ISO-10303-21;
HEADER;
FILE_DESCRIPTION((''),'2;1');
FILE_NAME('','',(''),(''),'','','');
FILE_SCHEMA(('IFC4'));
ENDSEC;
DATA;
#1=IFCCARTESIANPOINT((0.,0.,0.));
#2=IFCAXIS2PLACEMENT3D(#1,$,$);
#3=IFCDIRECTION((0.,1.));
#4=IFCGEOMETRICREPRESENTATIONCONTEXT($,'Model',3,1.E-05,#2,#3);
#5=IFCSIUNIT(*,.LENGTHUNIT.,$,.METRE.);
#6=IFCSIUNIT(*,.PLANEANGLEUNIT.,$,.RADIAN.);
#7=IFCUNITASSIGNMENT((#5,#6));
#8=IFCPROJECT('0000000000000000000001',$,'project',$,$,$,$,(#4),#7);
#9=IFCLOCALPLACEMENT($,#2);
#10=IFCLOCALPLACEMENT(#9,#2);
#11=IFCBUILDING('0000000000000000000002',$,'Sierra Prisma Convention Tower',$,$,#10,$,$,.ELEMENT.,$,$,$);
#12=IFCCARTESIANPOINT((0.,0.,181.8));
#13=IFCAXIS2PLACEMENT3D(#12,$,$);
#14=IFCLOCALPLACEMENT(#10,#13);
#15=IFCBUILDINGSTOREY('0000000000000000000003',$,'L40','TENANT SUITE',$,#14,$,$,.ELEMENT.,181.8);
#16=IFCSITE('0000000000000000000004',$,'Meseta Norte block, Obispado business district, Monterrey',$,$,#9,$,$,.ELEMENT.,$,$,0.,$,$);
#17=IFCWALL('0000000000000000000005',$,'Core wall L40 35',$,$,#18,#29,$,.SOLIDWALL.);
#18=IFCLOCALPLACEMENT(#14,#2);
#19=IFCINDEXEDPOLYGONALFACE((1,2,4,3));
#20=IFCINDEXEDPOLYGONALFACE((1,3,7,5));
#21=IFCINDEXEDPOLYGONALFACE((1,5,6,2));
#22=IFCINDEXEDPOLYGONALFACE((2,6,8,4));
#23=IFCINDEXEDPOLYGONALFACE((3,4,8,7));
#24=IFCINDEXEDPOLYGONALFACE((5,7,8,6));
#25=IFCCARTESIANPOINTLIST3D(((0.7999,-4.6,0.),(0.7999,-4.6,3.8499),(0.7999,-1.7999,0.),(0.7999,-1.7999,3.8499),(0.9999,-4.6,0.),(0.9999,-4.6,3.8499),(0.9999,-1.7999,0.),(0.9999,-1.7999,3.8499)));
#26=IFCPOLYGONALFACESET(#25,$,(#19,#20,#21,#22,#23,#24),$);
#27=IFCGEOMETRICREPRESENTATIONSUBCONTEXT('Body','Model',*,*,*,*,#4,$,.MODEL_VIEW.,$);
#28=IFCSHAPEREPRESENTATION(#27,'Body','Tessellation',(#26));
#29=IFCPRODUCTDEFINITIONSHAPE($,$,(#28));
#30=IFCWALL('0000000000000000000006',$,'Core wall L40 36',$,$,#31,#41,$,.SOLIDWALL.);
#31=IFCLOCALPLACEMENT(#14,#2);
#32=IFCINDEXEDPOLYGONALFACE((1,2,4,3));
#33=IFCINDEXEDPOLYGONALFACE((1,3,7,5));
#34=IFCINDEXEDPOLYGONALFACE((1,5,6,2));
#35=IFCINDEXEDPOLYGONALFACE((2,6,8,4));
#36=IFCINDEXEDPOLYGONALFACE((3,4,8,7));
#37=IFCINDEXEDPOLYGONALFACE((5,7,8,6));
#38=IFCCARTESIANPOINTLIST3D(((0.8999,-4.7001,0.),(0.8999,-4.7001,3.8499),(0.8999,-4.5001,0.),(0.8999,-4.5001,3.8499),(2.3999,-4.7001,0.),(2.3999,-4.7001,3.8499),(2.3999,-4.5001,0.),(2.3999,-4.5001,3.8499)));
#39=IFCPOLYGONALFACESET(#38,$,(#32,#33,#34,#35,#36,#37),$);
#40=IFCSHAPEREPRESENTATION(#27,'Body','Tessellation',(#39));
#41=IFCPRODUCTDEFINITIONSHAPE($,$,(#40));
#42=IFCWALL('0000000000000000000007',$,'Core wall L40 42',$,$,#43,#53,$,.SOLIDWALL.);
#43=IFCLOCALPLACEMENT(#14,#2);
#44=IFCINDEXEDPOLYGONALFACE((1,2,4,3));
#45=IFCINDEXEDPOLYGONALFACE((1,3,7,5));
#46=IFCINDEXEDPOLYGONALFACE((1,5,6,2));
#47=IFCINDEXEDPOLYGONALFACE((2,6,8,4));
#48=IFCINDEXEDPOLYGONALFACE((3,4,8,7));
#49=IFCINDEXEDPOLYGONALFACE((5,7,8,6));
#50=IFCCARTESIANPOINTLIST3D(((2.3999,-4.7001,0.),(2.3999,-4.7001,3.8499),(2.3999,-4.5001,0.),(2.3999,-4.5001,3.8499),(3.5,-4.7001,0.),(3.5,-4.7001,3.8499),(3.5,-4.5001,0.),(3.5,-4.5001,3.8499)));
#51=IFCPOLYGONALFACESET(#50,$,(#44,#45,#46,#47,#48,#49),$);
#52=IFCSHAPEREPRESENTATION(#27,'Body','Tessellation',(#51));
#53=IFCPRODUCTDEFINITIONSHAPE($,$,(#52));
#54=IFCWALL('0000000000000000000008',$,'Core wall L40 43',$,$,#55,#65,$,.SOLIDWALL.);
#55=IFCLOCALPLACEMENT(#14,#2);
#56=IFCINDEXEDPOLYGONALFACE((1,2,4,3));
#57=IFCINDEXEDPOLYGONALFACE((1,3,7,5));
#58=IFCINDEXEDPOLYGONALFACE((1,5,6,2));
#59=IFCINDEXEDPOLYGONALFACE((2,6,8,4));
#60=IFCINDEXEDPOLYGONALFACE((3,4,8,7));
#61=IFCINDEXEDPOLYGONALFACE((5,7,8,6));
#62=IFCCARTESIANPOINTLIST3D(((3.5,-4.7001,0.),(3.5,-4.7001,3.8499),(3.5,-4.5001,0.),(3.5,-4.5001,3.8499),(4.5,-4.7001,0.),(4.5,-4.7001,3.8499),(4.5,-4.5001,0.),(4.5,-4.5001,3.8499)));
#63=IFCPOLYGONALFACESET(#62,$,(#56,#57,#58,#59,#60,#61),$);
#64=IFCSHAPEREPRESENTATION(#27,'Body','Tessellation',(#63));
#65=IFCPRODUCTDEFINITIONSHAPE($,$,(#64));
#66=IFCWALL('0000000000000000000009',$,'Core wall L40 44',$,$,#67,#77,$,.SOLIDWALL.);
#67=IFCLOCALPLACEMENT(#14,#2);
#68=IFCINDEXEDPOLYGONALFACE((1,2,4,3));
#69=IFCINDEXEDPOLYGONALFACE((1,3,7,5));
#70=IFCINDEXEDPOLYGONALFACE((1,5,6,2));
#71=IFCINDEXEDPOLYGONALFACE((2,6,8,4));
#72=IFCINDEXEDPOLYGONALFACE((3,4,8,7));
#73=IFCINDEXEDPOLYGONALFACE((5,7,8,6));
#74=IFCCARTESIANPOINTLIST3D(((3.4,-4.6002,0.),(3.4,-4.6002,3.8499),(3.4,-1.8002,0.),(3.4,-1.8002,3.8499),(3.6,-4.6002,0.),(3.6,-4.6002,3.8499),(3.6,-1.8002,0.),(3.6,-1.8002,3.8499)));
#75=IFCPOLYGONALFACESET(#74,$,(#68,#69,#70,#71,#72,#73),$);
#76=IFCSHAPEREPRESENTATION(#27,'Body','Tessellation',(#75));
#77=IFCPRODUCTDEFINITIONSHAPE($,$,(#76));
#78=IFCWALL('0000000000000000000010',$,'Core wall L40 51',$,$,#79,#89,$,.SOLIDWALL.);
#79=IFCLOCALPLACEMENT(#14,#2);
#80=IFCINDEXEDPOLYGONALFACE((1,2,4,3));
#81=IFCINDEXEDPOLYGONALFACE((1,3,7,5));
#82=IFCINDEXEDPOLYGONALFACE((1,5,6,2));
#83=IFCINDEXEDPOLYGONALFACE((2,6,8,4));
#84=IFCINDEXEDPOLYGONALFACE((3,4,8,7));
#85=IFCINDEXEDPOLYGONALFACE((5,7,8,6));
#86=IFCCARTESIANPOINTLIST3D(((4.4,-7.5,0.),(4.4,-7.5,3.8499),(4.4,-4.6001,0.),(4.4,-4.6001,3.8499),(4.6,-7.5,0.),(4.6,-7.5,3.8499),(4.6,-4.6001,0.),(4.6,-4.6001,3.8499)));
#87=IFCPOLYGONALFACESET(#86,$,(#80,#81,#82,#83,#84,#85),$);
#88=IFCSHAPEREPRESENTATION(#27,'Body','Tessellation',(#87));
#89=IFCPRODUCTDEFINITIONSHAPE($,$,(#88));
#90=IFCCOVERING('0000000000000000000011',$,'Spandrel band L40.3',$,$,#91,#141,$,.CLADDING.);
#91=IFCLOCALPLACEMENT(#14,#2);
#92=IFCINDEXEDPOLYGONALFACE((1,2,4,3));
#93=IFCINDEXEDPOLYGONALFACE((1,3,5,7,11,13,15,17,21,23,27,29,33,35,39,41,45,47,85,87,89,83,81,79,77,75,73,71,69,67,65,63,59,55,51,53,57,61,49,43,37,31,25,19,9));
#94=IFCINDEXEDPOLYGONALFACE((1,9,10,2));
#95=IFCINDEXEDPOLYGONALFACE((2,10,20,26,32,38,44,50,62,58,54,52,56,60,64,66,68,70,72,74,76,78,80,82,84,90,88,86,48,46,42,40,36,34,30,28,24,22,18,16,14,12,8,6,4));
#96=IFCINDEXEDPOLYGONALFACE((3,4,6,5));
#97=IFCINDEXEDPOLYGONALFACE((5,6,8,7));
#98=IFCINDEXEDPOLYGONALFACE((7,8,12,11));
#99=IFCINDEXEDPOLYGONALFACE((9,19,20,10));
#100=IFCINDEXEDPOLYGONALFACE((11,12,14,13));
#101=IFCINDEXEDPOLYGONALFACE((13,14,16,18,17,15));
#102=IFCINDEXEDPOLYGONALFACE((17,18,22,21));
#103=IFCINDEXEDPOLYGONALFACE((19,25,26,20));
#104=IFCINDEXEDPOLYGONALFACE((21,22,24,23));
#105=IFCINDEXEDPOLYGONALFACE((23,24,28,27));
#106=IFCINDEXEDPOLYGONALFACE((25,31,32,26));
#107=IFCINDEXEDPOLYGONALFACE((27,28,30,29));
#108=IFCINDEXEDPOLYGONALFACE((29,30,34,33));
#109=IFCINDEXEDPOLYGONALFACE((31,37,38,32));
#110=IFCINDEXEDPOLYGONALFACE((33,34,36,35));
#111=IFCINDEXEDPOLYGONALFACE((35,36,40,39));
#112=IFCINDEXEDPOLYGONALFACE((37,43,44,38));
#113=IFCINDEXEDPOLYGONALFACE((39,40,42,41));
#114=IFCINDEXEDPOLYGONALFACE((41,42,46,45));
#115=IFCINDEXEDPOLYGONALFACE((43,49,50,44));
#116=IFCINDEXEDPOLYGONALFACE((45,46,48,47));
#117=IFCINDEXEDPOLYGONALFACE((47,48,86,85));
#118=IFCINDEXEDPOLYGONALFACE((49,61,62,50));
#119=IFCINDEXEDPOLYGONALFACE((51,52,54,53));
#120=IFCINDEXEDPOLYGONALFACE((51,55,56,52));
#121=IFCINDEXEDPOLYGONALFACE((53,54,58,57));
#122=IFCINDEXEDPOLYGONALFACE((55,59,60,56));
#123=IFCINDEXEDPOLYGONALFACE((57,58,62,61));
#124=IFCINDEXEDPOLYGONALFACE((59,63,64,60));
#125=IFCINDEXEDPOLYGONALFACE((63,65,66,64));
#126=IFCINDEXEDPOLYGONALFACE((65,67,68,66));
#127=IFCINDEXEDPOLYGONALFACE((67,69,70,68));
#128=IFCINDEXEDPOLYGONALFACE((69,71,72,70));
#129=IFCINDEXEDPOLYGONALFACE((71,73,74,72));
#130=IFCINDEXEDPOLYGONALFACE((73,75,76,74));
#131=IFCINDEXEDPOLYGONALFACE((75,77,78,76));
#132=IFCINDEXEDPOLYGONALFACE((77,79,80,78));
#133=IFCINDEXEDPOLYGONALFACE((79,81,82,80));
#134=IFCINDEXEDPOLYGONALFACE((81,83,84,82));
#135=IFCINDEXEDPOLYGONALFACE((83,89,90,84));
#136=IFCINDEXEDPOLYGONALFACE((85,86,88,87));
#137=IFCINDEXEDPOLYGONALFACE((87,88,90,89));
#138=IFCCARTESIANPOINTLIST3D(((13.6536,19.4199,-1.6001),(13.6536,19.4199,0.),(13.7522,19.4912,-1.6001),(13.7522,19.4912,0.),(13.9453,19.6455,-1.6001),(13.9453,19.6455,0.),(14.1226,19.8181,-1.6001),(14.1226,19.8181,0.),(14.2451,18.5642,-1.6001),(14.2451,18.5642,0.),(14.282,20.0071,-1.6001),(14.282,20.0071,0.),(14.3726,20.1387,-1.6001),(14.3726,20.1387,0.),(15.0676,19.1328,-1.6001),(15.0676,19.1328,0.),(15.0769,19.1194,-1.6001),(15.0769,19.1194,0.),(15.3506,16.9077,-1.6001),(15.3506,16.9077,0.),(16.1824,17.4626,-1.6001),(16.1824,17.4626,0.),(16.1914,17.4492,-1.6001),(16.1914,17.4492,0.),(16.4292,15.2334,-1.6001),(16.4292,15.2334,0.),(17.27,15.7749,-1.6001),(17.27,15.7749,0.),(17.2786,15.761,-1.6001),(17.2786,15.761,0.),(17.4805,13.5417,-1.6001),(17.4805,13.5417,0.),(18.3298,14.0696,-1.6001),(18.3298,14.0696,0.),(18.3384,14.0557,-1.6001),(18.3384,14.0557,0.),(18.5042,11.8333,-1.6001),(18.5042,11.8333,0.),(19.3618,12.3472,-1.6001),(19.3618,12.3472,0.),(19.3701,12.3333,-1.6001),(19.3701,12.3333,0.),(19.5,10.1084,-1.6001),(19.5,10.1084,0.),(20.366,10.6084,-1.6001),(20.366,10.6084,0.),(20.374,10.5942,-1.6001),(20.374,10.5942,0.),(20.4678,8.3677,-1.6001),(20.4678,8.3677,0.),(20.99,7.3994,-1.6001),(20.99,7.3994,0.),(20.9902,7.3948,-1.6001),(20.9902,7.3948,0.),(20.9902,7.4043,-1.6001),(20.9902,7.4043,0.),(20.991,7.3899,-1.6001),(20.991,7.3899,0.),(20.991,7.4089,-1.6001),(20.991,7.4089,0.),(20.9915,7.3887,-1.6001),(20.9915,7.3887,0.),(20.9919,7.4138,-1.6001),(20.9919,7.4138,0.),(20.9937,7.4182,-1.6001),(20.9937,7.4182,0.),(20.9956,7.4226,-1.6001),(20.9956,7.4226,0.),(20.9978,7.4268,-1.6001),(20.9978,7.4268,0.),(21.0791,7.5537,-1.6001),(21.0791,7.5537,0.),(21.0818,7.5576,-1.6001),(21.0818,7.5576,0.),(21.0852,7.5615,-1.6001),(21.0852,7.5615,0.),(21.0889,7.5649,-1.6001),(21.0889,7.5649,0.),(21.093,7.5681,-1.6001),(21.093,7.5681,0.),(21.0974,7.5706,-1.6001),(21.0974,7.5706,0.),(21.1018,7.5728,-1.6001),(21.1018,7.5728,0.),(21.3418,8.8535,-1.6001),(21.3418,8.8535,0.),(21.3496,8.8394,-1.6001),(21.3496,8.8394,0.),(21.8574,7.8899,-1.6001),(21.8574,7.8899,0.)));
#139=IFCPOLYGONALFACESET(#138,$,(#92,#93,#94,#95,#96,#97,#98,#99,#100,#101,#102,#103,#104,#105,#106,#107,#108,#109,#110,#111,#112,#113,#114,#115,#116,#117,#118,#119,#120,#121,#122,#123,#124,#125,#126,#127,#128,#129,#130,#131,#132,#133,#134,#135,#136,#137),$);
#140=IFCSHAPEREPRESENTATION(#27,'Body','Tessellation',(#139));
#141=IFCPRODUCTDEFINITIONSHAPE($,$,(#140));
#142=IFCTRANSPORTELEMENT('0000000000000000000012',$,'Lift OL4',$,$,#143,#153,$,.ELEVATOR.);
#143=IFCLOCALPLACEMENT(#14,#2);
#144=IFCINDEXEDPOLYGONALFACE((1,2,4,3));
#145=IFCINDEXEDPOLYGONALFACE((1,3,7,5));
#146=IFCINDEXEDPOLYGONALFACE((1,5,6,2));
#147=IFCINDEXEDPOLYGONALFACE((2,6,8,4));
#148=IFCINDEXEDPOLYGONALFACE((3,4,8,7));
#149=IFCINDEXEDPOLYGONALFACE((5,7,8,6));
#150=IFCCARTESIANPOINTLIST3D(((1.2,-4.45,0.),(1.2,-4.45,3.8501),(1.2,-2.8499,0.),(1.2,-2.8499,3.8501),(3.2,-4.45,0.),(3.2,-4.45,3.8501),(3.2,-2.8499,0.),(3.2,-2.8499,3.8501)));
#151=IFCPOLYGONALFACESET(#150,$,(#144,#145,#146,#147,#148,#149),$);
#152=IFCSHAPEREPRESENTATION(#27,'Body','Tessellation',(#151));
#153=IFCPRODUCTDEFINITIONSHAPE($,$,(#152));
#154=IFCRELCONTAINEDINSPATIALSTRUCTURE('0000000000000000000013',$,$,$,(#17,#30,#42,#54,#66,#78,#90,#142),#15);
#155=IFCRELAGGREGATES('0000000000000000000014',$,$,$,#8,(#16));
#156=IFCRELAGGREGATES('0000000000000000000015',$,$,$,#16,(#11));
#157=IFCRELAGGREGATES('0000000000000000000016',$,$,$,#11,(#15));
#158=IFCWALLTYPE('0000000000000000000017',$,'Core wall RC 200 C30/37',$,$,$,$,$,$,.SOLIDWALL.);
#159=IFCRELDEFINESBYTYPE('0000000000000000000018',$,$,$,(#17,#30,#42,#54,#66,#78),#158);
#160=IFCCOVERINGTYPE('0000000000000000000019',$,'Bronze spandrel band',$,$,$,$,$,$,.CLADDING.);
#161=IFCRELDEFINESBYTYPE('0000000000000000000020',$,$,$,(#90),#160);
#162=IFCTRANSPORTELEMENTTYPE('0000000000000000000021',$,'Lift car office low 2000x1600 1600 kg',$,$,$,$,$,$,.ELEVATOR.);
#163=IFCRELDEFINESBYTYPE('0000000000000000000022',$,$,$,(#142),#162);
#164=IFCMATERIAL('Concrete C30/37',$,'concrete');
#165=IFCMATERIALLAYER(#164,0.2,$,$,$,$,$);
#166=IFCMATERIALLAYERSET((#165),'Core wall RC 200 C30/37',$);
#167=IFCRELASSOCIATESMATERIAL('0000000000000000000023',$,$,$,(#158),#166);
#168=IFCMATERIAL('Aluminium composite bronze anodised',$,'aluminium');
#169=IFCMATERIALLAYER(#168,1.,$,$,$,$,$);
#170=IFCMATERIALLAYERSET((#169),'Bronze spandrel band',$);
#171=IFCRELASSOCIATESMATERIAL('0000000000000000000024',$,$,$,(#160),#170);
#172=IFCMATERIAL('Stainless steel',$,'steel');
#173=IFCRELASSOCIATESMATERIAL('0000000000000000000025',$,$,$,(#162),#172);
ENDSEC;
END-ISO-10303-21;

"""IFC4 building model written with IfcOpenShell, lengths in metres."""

from ifc_helpers import new_model, si_unit, direction, frame, frame_2d, origin, origin_2d, place, context, subcontext, project, spatial, polyline, rectangle, outline, extrude, material, layer, layer_set, type_object, element, save


model = new_model("IFC4")

# Units and contexts
model_context = context("Model", 3, precision=1e-05, world=origin(), true_north=direction((0.0, 1.0)))
body_context = subcontext(model_context, "Body", "Model", "MODEL_VIEW")
ifc_project = project(units=[si_unit("LENGTHUNIT", "METRE"), si_unit("PLANEANGLEUNIT", "RADIAN")], contexts=[model_context])

# Site, building, storey
site_placement = place(None, origin())
site = spatial("IfcSite", under=ifc_project, at=site_placement, Name="Meseta Norte block, Obispado business district, Monterrey", CompositionType="ELEMENT", RefElevation=0.0)
building_placement = place(site_placement, origin())
building = spatial("IfcBuilding", under=site, at=building_placement, Name="Sierra Prisma Convention Tower", CompositionType="ELEMENT")
storey_placement = place(building_placement, frame((0.0, 0.0, 181.8)))
storey = spatial("IfcBuildingStorey", under=building, at=storey_placement, Name="L40", Description="TENANT SUITE", CompositionType="ELEMENT", Elevation=181.8)

# Shared definitions
ifc_material_1 = material(Name="Concrete C30/37", Category="concrete")
ifc_layer_1 = layer(ifc_material_1, 0.2)
ifc_layer_set_1 = layer_set([ifc_layer_1], Name="Core wall RC 200 C30/37")
wall_type = type_object("IfcWallType", Name="Core wall RC 200 C30/37", PredefinedType="SOLIDWALL", material=ifc_layer_set_1)

# Walls
wall_1_placement = place(storey_placement, frame((0.8999, -1.8, 0.0), z_axis=(0.0, 0.0, 1.0), x_axis=(0.0, -1.0, 0.0)))
element("IfcWall", 1, at=wall_1_placement, inside=storey, type_object=wall_type, Name="Core wall L40 35", PredefinedType="SOLIDWALL", context=body_context, shape_type="SweptSolid", body=[
    extrude(rectangle(XDim=2.8, YDim=0.2, at=frame_2d((1.3999, 0.0))), origin(), (0.0, 0.0, 1.0), 3.8499),
])
wall_2_placement = place(storey_placement, frame((0.8999, -4.6001, 0.0), z_axis=(0.0, 0.0, 1.0), x_axis=(1.0, 0.0, 0.0)))
element("IfcWall", 2, at=wall_2_placement, inside=storey, type_object=wall_type, Name="Core wall L40 36", PredefinedType="SOLIDWALL", context=body_context, shape_type="SweptSolid", body=[
    extrude(rectangle(XDim=1.5, YDim=0.2, at=frame_2d((0.75, 0.0))), origin(), (0.0, 0.0, 1.0), 3.8499),
])

# Walls
wall_3_placement = place(storey_placement, frame((3.5, -4.6001, 0.0), z_axis=(0.0, 0.0, 1.0), x_axis=(-1.0, 0.0, 0.0)))
element("IfcWall", 3, at=wall_3_placement, inside=storey, type_object=wall_type, Name="Core wall L40 42", PredefinedType="SOLIDWALL", context=body_context, shape_type="SweptSolid", body=[
    extrude(rectangle(XDim=1.1001, YDim=0.2, at=frame_2d((0.55, 0.0))), origin(), (0.0, 0.0, 1.0), 3.8499),
])
wall_4_placement = place(storey_placement, frame((4.5, -4.6001, 0.0), z_axis=(0.0, 0.0, 1.0), x_axis=(-1.0, 0.0, 0.0)))
element("IfcWall", 4, at=wall_4_placement, inside=storey, type_object=wall_type, Name="Core wall L40 43", PredefinedType="SOLIDWALL", context=body_context, shape_type="SweptSolid", body=[
    extrude(rectangle(XDim=1.0, YDim=0.2, at=frame_2d((0.5, 0.0))), origin(), (0.0, 0.0, 1.0), 3.8499),
])
wall_5_placement = place(storey_placement, frame((3.5, -4.6001, 0.0), z_axis=(0.0, 0.0, 1.0), x_axis=(0.0, 1.0, 0.0)))
element("IfcWall", 5, at=wall_5_placement, inside=storey, type_object=wall_type, Name="Core wall L40 44", PredefinedType="SOLIDWALL", context=body_context, shape_type="SweptSolid", body=[
    extrude(rectangle(XDim=2.8, YDim=0.2, at=frame_2d((1.3999, 0.0))), origin(), (0.0, 0.0, 1.0), 3.8499),
])

# Wall
wall_6_placement = place(storey_placement, frame((4.5, -4.6001, 0.0), z_axis=(0.0, 0.0, 1.0), x_axis=(0.0, -1.0, 0.0)))
element("IfcWall", 6, at=wall_6_placement, inside=storey, type_object=wall_type, Name="Core wall L40 51", PredefinedType="SOLIDWALL", context=body_context, shape_type="SweptSolid", body=[
    extrude(rectangle(XDim=2.8999, YDim=0.2, at=frame_2d((1.45, 0.0))), origin(), (0.0, 0.0, 1.0), 3.8499),
])

# Covering
ifc_material_2 = material(Name="Aluminium composite bronze anodised", Category="aluminium")
ifc_layer_2 = layer(ifc_material_2, 1.0)
ifc_layer_set_2 = layer_set([ifc_layer_2], Name="Bronze spandrel band")
covering_type = type_object("IfcCoveringType", Name="Bronze spandrel band", PredefinedType="CLADDING", material=ifc_layer_set_2)
covering_placement = place(storey_placement, frame((0.0, 0.0, -1.6001)))
element("IfcCovering", 7, at=covering_placement, inside=storey, type_object=covering_type, Name="Spandrel band L40.3", PredefinedType="CLADDING", context=body_context, shape_type="SweptSolid", body=[
    extrude(outline(polyline([(15.0676, 19.1328), (15.0769, 19.1194), (16.1824, 17.4626), (16.1914, 17.4492), (17.27, 15.7749), (17.2786, 15.761), (18.3298, 14.0696), (18.3384, 14.0557), (19.3618, 12.3472), (19.3701, 12.3333), (20.366, 10.6084), (20.374, 10.5942), (21.3418, 8.8535), (21.3496, 8.8394), (21.8574, 7.8899), (21.1018, 7.5728), (21.0974, 7.5706), (21.093, 7.5681), (21.0889, 7.5649), (21.0852, 7.5615), (21.0818, 7.5576), (21.0791, 7.5537), (20.9978, 7.4268), (20.9956, 7.4226), (20.9937, 7.4182), (20.9919, 7.4138), (20.991, 7.4089), (20.9902, 7.4043), (20.99, 7.3994), (20.9902, 7.3948), (20.991, 7.3899), (20.9915, 7.3887), (20.4678, 8.3677), (19.5, 10.1084), (18.5042, 11.8333), (17.4805, 13.5417), (16.4292, 15.2334), (15.3506, 16.9077), (14.2451, 18.5642), (13.6536, 19.4199), (13.7522, 19.4912), (13.9453, 19.6455), (14.1226, 19.8181), (14.282, 20.0071), (14.3726, 20.1387), (15.0676, 19.1328)])), origin(), (0.0, 0.0, 1.0), 1.6001),
])

# Transport element
ifc_material_3 = material(Name="Stainless steel", Category="steel")
transport_element_type = type_object("IfcTransportElementType", Name="Lift car office low 2000x1600 1600 kg", PredefinedType="ELEVATOR", material=ifc_material_3)
transport_element_placement = place(storey_placement, frame((2.2, -3.6499, 0.0), z_axis=(0.0, 0.0, 1.0), x_axis=(1.0, 0.0, 0.0)))
element("IfcTransportElement", 8, at=transport_element_placement, inside=storey, type_object=transport_element_type, Name="Lift OL4", PredefinedType="ELEVATOR", context=body_context, shape_type="SweptSolid", body=[
    extrude(rectangle(XDim=2.0, YDim=1.6001, at=origin_2d()), origin(), (0.0, 0.0, 1.0), 3.8501),
])

save(model, "model.ifc")
